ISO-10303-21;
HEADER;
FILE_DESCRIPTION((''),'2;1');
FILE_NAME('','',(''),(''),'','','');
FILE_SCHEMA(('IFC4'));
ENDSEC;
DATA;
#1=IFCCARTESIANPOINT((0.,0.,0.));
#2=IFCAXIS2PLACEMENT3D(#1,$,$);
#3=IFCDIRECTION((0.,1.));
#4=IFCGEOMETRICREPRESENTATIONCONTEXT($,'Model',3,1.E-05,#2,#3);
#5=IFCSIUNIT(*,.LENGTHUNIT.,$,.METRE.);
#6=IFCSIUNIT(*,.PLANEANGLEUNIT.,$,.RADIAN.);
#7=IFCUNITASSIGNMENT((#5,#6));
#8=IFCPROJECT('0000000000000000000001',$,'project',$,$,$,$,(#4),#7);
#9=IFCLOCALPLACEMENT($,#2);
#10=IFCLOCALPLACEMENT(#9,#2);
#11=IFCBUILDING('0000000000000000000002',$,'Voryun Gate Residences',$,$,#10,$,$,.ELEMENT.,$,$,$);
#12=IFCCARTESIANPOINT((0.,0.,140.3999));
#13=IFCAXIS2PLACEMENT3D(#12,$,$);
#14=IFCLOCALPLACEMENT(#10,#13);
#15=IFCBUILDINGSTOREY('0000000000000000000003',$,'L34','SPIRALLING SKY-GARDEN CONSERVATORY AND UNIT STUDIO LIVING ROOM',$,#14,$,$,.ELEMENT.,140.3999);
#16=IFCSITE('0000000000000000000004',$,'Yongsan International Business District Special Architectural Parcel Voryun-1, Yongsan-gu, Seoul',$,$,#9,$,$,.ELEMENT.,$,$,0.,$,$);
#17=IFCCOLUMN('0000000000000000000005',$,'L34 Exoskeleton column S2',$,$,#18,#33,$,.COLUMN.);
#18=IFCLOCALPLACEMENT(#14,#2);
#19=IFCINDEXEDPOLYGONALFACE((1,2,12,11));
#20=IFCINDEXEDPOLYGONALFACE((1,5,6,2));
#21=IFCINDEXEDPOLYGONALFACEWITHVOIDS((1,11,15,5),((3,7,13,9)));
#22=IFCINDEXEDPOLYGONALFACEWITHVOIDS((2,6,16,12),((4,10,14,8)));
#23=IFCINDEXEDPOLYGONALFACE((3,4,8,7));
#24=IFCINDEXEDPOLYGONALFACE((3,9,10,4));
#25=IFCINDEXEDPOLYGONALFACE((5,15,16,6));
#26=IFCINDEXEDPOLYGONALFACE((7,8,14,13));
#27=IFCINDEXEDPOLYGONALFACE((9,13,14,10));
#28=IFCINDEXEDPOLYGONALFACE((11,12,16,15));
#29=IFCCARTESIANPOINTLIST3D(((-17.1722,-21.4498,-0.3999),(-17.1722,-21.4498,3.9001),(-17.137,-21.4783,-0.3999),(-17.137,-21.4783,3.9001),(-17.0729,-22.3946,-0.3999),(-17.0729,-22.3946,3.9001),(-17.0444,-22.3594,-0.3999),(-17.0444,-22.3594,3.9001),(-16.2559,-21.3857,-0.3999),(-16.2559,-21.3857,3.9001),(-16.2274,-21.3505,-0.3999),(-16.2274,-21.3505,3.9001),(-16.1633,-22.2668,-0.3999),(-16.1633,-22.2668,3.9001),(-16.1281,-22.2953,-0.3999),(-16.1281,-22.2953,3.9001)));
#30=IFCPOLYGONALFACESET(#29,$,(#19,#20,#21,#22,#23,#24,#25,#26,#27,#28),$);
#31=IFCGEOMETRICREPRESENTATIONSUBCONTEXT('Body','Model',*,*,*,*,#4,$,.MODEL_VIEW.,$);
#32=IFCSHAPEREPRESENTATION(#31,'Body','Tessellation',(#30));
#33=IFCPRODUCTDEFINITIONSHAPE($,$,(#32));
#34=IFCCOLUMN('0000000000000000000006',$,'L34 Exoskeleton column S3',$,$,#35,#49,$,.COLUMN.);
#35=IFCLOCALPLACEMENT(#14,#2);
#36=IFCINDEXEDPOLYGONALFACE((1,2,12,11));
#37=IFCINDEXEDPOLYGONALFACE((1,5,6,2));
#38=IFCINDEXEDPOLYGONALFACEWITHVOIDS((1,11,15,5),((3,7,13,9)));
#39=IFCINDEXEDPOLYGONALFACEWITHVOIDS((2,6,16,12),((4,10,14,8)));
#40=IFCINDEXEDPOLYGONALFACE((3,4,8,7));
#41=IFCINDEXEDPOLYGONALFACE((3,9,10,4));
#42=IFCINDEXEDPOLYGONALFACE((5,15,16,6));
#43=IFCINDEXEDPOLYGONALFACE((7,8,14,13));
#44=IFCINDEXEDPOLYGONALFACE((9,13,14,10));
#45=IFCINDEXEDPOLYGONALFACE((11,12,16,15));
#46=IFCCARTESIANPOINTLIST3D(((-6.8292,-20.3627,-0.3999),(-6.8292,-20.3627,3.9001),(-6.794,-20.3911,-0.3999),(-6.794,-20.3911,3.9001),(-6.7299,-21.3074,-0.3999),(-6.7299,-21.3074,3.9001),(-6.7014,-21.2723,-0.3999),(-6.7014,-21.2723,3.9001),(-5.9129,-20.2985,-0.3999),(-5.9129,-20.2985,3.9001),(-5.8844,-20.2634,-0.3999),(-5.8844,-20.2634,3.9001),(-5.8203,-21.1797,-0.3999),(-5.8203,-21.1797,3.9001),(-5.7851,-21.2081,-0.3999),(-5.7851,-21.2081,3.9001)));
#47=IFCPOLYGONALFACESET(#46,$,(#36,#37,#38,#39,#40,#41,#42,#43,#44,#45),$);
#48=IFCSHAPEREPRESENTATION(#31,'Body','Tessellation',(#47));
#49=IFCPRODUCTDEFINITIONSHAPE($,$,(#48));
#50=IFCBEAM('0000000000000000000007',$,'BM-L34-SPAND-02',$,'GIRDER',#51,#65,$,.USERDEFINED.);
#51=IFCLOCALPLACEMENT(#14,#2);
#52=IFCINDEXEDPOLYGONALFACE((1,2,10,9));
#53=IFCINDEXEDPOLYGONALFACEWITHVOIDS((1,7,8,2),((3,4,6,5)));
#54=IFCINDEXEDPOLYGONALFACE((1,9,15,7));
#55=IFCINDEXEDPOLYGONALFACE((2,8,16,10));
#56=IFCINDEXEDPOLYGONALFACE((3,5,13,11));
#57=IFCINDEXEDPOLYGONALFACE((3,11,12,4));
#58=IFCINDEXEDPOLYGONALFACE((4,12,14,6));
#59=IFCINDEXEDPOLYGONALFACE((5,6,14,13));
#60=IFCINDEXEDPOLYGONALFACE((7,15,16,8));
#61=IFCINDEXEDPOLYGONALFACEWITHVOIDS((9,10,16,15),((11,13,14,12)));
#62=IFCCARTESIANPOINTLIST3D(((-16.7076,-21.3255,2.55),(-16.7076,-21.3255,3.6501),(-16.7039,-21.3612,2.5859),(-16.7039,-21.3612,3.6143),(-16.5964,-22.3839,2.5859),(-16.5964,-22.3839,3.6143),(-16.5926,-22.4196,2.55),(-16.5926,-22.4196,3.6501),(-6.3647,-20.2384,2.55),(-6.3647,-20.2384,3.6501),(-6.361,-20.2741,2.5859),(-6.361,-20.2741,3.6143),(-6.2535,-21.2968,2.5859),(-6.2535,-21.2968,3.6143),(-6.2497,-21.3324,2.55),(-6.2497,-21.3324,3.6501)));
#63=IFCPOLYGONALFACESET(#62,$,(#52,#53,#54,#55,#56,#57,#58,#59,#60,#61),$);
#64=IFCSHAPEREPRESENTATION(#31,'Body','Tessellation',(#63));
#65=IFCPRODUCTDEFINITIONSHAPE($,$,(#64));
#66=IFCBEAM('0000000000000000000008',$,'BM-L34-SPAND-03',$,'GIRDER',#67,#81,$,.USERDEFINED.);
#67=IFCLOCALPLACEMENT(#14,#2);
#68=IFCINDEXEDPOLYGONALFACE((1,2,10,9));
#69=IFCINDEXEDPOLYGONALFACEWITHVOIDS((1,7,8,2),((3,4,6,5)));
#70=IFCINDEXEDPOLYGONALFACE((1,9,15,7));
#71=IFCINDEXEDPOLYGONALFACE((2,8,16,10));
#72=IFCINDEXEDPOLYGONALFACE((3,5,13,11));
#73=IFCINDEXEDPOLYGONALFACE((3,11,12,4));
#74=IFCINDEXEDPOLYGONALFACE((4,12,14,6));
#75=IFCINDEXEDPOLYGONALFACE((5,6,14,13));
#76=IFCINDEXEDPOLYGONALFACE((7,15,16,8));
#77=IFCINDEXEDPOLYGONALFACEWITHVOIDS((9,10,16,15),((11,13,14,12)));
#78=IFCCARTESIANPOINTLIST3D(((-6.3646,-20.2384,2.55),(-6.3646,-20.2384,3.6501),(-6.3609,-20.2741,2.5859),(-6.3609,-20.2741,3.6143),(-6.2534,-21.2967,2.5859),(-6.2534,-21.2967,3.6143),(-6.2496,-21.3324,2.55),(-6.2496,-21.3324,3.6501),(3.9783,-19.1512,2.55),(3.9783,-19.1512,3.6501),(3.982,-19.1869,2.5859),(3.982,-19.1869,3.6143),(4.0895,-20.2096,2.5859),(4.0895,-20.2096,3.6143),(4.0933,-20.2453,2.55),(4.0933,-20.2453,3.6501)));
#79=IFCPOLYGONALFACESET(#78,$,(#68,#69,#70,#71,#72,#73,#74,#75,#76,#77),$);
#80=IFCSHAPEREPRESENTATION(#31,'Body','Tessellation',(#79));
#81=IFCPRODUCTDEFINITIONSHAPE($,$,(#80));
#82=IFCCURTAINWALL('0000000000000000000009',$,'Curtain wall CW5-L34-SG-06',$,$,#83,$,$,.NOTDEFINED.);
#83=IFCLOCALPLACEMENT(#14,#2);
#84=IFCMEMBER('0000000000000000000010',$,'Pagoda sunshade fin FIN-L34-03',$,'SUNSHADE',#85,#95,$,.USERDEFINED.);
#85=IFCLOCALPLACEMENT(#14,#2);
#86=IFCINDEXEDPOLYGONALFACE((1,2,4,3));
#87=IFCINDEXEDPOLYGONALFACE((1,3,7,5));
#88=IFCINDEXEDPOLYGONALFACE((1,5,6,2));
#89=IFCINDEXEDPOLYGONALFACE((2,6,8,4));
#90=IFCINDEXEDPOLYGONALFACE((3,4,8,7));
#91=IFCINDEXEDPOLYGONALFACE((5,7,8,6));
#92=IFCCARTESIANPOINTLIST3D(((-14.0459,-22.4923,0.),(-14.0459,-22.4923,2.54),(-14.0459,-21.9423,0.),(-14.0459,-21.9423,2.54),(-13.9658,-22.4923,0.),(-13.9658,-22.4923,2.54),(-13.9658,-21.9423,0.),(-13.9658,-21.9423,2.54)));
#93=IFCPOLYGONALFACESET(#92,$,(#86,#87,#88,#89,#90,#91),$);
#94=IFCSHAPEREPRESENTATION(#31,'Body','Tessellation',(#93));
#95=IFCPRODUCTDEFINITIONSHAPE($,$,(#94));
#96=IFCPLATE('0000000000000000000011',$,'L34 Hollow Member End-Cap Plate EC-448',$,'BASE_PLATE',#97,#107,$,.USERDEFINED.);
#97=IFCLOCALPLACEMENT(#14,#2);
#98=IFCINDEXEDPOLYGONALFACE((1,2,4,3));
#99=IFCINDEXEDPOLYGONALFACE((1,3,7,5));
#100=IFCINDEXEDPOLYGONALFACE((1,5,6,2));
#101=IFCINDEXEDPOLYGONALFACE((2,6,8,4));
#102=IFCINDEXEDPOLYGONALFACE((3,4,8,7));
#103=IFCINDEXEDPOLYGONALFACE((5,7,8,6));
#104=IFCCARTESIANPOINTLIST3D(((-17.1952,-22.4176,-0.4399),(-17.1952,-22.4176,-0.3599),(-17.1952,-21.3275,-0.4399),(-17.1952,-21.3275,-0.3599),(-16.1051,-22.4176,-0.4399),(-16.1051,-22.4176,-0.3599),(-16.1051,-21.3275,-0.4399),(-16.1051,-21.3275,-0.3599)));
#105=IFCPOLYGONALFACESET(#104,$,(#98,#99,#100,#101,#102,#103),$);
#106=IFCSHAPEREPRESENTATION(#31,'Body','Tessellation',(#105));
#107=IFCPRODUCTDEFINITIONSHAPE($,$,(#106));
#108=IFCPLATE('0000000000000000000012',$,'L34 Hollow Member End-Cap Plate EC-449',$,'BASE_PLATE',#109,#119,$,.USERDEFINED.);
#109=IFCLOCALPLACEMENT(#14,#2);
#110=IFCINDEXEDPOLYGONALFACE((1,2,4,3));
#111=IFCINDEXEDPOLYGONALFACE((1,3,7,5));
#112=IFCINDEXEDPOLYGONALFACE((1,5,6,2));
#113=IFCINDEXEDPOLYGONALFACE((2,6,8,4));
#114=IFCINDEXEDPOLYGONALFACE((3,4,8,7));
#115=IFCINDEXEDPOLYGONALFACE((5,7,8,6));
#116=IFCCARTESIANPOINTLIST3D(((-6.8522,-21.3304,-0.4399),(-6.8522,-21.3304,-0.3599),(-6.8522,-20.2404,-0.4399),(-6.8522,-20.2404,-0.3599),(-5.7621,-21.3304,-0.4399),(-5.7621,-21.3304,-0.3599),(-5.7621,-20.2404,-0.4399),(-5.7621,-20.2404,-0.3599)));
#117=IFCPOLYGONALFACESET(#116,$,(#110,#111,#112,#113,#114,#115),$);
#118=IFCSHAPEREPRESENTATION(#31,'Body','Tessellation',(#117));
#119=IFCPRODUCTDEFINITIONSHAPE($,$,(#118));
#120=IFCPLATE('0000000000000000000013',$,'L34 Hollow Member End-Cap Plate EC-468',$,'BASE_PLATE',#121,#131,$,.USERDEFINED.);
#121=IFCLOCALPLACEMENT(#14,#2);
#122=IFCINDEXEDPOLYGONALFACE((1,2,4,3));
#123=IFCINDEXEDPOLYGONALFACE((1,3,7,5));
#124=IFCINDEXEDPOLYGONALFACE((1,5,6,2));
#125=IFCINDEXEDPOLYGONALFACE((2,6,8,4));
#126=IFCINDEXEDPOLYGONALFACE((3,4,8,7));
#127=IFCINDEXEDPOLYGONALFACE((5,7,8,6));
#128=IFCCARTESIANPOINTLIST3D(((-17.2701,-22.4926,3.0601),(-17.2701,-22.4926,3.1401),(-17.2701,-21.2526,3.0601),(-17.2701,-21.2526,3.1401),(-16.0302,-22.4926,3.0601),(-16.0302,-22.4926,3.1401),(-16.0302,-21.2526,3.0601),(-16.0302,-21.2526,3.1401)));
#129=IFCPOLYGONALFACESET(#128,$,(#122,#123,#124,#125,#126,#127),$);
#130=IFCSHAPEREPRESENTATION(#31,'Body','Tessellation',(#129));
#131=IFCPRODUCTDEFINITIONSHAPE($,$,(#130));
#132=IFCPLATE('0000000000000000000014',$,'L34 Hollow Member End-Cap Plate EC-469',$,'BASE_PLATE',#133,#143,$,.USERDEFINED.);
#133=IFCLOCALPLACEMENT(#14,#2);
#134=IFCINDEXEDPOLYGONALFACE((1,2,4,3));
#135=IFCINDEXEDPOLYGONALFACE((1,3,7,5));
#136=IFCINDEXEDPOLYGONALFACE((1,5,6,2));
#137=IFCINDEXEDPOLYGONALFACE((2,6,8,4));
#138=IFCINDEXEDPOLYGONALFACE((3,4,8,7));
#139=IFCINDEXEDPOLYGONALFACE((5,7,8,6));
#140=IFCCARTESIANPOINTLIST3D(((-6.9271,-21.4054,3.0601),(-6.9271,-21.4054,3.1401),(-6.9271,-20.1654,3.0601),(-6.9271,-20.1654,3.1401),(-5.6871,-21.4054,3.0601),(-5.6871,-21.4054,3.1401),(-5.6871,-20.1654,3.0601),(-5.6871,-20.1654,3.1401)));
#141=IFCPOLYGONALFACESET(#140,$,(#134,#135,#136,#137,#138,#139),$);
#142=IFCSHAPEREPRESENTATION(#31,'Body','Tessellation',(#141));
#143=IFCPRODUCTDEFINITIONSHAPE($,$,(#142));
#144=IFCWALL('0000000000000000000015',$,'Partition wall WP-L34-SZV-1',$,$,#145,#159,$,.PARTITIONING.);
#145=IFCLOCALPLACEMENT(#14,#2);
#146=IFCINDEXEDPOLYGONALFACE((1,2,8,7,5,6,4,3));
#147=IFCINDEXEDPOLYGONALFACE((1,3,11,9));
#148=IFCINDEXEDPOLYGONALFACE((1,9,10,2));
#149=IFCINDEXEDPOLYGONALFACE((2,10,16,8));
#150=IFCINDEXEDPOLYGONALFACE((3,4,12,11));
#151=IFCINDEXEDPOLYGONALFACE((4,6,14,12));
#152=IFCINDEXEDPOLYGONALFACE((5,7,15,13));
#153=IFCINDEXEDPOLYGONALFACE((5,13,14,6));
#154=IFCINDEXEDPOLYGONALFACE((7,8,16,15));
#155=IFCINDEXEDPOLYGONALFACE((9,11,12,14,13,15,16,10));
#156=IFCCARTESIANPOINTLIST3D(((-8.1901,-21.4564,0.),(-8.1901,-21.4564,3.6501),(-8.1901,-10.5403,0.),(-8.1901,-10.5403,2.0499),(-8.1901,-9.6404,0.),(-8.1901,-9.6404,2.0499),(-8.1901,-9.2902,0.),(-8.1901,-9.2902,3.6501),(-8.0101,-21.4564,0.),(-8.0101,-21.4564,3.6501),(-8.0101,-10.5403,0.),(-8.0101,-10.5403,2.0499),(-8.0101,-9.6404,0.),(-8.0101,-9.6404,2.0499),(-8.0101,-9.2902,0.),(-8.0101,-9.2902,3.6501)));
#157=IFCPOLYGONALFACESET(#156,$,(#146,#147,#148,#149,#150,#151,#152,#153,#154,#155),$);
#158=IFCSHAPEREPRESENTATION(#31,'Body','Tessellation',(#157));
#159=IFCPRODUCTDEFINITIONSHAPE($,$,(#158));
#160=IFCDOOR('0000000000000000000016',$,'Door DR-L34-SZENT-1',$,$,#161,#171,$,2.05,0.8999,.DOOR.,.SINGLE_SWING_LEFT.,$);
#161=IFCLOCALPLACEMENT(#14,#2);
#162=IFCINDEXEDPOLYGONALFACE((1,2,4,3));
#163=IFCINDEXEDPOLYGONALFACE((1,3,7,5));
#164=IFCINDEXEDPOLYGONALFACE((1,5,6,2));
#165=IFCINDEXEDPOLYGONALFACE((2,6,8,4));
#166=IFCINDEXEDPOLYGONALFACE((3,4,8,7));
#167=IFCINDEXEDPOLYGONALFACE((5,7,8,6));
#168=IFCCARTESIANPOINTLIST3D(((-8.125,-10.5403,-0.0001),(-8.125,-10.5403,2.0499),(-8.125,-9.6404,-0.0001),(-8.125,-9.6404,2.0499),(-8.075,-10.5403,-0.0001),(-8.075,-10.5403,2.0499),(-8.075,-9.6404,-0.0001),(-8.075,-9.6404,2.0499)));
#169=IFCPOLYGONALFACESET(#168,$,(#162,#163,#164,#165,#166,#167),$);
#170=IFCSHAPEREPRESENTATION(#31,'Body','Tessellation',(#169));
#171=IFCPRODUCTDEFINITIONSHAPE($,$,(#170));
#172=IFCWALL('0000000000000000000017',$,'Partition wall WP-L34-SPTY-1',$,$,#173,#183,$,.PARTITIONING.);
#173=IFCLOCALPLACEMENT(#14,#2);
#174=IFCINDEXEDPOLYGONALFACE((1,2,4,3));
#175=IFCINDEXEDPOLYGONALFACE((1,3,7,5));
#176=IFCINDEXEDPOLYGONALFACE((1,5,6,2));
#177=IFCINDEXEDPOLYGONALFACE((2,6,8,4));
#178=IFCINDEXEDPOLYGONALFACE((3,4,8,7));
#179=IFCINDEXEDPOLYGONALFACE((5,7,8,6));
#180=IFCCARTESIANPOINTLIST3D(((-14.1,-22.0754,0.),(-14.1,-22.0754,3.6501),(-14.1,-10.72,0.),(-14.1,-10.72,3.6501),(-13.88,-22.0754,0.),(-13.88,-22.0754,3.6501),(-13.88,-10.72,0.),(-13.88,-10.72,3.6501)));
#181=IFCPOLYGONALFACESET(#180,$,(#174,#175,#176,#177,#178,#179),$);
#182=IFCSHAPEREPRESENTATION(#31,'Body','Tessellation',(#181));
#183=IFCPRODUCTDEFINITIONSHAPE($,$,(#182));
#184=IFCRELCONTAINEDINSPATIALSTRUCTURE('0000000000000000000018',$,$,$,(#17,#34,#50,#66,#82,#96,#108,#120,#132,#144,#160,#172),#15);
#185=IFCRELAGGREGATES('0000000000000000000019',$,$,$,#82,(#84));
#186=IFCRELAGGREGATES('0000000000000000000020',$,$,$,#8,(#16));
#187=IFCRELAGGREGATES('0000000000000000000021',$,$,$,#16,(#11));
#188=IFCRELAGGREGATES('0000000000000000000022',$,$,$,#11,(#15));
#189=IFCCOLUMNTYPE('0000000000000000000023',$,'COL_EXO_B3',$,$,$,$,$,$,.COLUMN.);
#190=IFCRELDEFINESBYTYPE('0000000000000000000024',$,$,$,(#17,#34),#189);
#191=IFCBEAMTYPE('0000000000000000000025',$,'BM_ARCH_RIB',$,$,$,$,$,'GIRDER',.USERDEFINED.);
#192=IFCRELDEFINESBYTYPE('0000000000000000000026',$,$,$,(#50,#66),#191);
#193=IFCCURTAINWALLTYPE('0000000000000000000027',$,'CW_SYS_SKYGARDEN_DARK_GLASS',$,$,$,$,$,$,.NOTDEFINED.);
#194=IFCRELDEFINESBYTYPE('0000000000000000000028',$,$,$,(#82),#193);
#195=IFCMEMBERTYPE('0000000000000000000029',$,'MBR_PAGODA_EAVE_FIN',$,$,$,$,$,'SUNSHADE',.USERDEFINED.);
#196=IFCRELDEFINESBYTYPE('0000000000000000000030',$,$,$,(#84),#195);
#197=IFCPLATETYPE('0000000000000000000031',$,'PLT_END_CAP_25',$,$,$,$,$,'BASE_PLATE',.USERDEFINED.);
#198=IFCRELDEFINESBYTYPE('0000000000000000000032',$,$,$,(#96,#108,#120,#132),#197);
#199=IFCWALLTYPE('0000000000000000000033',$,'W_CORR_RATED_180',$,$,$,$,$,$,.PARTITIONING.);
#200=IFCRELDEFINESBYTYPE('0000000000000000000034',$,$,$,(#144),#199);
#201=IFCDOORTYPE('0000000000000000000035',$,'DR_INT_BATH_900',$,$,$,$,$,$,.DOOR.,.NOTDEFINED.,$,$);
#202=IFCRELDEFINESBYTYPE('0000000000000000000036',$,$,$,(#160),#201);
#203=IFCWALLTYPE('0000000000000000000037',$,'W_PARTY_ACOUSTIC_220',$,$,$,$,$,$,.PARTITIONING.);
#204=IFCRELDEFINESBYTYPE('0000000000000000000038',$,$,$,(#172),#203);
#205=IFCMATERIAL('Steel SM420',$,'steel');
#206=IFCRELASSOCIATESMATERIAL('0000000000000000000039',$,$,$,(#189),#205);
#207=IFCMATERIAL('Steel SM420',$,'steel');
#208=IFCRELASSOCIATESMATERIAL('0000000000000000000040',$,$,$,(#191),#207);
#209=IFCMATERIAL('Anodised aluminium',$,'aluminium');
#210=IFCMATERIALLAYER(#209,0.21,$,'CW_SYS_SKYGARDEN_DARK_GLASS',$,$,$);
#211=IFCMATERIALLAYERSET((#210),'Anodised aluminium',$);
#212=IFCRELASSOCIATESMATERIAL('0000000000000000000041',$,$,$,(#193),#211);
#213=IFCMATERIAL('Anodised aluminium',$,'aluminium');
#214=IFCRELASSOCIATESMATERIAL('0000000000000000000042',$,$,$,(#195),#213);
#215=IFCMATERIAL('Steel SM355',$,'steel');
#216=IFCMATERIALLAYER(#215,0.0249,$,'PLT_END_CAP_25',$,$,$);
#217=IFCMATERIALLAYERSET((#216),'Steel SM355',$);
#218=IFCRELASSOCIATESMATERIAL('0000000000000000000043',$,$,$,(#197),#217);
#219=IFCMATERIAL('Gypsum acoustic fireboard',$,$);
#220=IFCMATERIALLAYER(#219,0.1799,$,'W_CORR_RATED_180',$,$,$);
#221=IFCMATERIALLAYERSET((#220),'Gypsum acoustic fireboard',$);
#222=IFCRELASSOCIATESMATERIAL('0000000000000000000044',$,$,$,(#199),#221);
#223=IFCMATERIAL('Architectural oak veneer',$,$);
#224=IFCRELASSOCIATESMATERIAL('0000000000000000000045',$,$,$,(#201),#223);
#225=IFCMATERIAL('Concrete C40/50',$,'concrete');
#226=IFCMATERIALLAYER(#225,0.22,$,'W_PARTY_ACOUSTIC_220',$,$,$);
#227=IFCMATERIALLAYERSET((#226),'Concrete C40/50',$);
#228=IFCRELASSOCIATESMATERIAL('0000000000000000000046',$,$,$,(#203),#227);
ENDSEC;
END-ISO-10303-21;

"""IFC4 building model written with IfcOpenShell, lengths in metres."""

from ifc_helpers import new_model, si_unit, direction, frame, frame_2d, origin, origin_2d, place, context, subcontext, project, spatial, rectangle, hollow_rectangle, extrude, material, layer, layer_set, material_profile, profile_set, type_object, element, fill, aggregate, save


model = new_model("IFC4")

# Units and contexts
model_context = context("Model", 3, precision=1e-05, world=origin(), true_north=direction((0.0, 1.0)))
body_context = subcontext(model_context, "Body", "Model", "MODEL_VIEW")
ifc_project = project(units=[si_unit("LENGTHUNIT", "METRE"), si_unit("PLANEANGLEUNIT", "RADIAN")], contexts=[model_context])

# Site, building, storey
site_placement = place(None, origin())
site = spatial("IfcSite", under=ifc_project, at=site_placement, Name="Yongsan International Business District Special Architectural Parcel Voryun-1, Yongsan-gu, Seoul", CompositionType="ELEMENT", RefElevation=0.0)
building_placement = place(site_placement, origin())
building = spatial("IfcBuilding", under=site, at=building_placement, Name="Voryun Gate Residences", CompositionType="ELEMENT")
storey_placement = place(building_placement, frame((0.0, 0.0, 140.3999)))
storey = spatial("IfcBuildingStorey", under=building, at=storey_placement, Name="L34", Description="SPIRALLING SKY-GARDEN CONSERVATORY AND UNIT STUDIO LIVING ROOM", CompositionType="ELEMENT", Elevation=140.3999)

# Columns
ifc_material_1 = material(Name="Steel SM420", Category="steel")
ifc_material_profile_1 = material_profile(ifc_material_1, hollow_rectangle(XDim=0.95, YDim=0.95, WallThickness=0.032, at=origin_2d()), Name="BOX-950x950x32")
ifc_profile_set_1 = profile_set([ifc_material_profile_1], Name="Steel SM420")
column_type = type_object("IfcColumnType", Name="COL_EXO_B3", PredefinedType="COLUMN", material=ifc_profile_set_1)
for number, where, z_axis, x_axis, name in (
    (1, (-16.6501, -21.8726, -0.3999), (0.0, 0.0, 1.0), (0.994522, 0.104528, 0.0), "L34 Exoskeleton column S2"),
    (2, (-6.3071, -20.7854, -0.3999), (0.0, 0.0, 1.0), (0.994522, 0.104528, 0.0), "L34 Exoskeleton column S3"),
):
    element("IfcColumn", number, at=place(storey_placement, frame(where, z_axis=z_axis, x_axis=x_axis)), inside=storey, type_object=column_type, Name=name, PredefinedType="COLUMN", context=body_context, shape_type="SweptSolid", body=[
        extrude(hollow_rectangle(XDim=0.95, YDim=0.95, WallThickness=0.032, at=origin_2d()), origin(), (0.0, 0.0, 1.0), 4.3),
    ])

# Beams
ifc_material_2 = material(Name="Steel SM420", Category="steel")
ifc_material_profile_2 = material_profile(ifc_material_2, hollow_rectangle(XDim=1.1001, YDim=1.1001, WallThickness=0.0359, at=origin_2d()), Name="BOX-1100x1100x36")
ifc_profile_set_2 = profile_set([ifc_material_profile_2], Name="Steel SM420")
beam_type = type_object("IfcBeamType", Name="BM_ARCH_RIB", ElementType="GIRDER", PredefinedType="USERDEFINED", material=ifc_profile_set_2)
for number, where, z_axis, x_axis, name in (
    (3, (-16.6501, -21.8726, 3.1001), (0.994521, 0.104534, 0.0), (-0.104534, 0.994521, 0.0), "BM-L34-SPAND-02"),
    (4, (-6.3071, -20.7854, 3.1001), (0.994521, 0.104534, 0.0), (-0.104534, 0.994521, 0.0), "BM-L34-SPAND-03"),
):
    element("IfcBeam", number, at=place(storey_placement, frame(where, z_axis=z_axis, x_axis=x_axis)), inside=storey, type_object=beam_type, Name=name, ObjectType="GIRDER", PredefinedType="USERDEFINED", context=body_context, shape_type="SweptSolid", body=[
        extrude(hollow_rectangle(XDim=1.1001, YDim=1.1001, WallThickness=0.0359, at=origin_2d()), origin(), (0.0, 0.0, 1.0), 10.3999),
    ])

# Curtain wall, member
ifc_material_3 = material(Name="Anodised aluminium", Category="aluminium")
ifc_layer_1 = layer(ifc_material_3, 0.21, Name="CW_SYS_SKYGARDEN_DARK_GLASS")
ifc_layer_set_1 = layer_set([ifc_layer_1], Name="Anodised aluminium")
curtain_wall_type = type_object("IfcCurtainWallType", Name="CW_SYS_SKYGARDEN_DARK_GLASS", PredefinedType="NOTDEFINED", material=ifc_layer_set_1)
curtain_wall_placement = place(storey_placement, origin())
curtain_wall = element("IfcCurtainWall", 5, at=curtain_wall_placement, inside=storey, type_object=curtain_wall_type, Name="Curtain wall CW5-L34-SG-06", PredefinedType="NOTDEFINED")
ifc_material_4 = material(Name="Anodised aluminium", Category="aluminium")
ifc_material_profile_3 = material_profile(ifc_material_4, rectangle(XDim=0.0801, YDim=0.55, at=origin_2d()), Name="ALU-EAVE-80x550")
ifc_profile_set_3 = profile_set([ifc_material_profile_3], Name="Anodised aluminium")
member_type = type_object("IfcMemberType", Name="MBR_PAGODA_EAVE_FIN", ElementType="SUNSHADE", PredefinedType="USERDEFINED", material=ifc_profile_set_3)
member_placement = place(storey_placement, frame((-14.0059, -22.2173, 0.0), z_axis=(0.0, 0.0, 1.0), x_axis=(1.0, 0.0, 0.0)))
member = element("IfcMember", 6, at=member_placement, type_object=member_type, Name="Pagoda sunshade fin FIN-L34-03", ObjectType="SUNSHADE", PredefinedType="USERDEFINED", context=body_context, shape_type="SweptSolid", body=[
    extrude(rectangle(XDim=0.0801, YDim=0.55, at=origin_2d()), origin(), (0.0, 0.0, 1.0), 2.54),
])
aggregate(curtain_wall, [member])

# Plates
ifc_material_5 = material(Name="Steel SM355", Category="steel")
ifc_layer_2 = layer(ifc_material_5, 0.0249, Name="PLT_END_CAP_25")
ifc_layer_set_2 = layer_set([ifc_layer_2], Name="Steel SM355")
plate_type = type_object("IfcPlateType", Name="PLT_END_CAP_25", ElementType="BASE_PLATE", PredefinedType="USERDEFINED", material=ifc_layer_set_2)
for number, where, z_axis, x_axis, name in (
    (7, (-16.6501, -21.8726, -0.4399), (0.0, 0.0, 1.0), (1.0, 0.0, 0.0), "L34 Hollow Member End-Cap Plate EC-448"),
    (8, (-6.3071, -20.7854, -0.4399), (0.0, 0.0, 1.0), (1.0, 0.0, 0.0), "L34 Hollow Member End-Cap Plate EC-449"),
):
    element("IfcPlate", number, at=place(storey_placement, frame(where, z_axis=z_axis, x_axis=x_axis)), inside=storey, type_object=plate_type, Name=name, ObjectType="BASE_PLATE", PredefinedType="USERDEFINED", context=body_context, shape_type="SweptSolid", body=[
        extrude(rectangle(XDim=1.0901, YDim=1.0901, at=origin_2d()), origin(), (0.0, 0.0, 1.0), 0.0801),
    ])
for number, where, z_axis, x_axis, name in (
    (9, (-16.6501, -21.8726, 3.0601), (0.0, 0.0, 1.0), (1.0, 0.0, 0.0), "L34 Hollow Member End-Cap Plate EC-468"),
    (10, (-6.3071, -20.7854, 3.0601), (0.0, 0.0, 1.0), (1.0, 0.0, 0.0), "L34 Hollow Member End-Cap Plate EC-469"),
):
    element("IfcPlate", number, at=place(storey_placement, frame(where, z_axis=z_axis, x_axis=x_axis)), inside=storey, type_object=plate_type, Name=name, ObjectType="BASE_PLATE", PredefinedType="USERDEFINED", context=body_context, shape_type="SweptSolid", body=[
        extrude(rectangle(XDim=1.24, YDim=1.24, at=origin_2d()), origin(), (0.0, 0.0, 1.0), 0.0801),
    ])

# Wall, opening, door
ifc_material_6 = material(Name="Gypsum acoustic fireboard")
ifc_layer_3 = layer(ifc_material_6, 0.1799, Name="W_CORR_RATED_180")
ifc_layer_set_3 = layer_set([ifc_layer_3], Name="Gypsum acoustic fireboard")
wall_type_1 = type_object("IfcWallType", Name="W_CORR_RATED_180", PredefinedType="PARTITIONING", material=ifc_layer_set_3)
wall_1_placement = place(storey_placement, frame((-8.1001, -21.4563, 0.0), z_axis=(0.0, 0.0, 1.0), x_axis=(0.0, 1.0, 0.0)))
wall_1 = element("IfcWall", 11, at=wall_1_placement, inside=storey, type_object=wall_type_1, Name="Partition wall WP-L34-SZV-1", PredefinedType="PARTITIONING", context=body_context, shape_type="SweptSolid", body=[
    extrude(rectangle(XDim=12.1663, YDim=0.1799, at=frame_2d((6.083, 0.0))), origin(), (0.0, 0.0, 1.0), 3.6501),
])
opening_1_placement = place(wall_1_placement, frame((10.916, 0.0, 0.0)))
opening_1 = element("IfcOpeningElement", 12, at=opening_1_placement, cuts=wall_1, PredefinedType="OPENING", context=body_context, shape_type="SweptSolid", body=[
    extrude(rectangle(XDim=0.8999, YDim=2.05, at=frame_2d((0.45, 1.0249))), frame((0.0, 0.0999, 0.0), z_axis=(0.0, -1.0, 0.0), x_axis=(1.0, 0.0, 0.0)), (0.0, 0.0, 1.0), 0.2),
])
ifc_material_7 = material(Name="Architectural oak veneer")
door_type = type_object("IfcDoorType", Name="DR_INT_BATH_900", OperationType="NOTDEFINED", PredefinedType="DOOR", material=ifc_material_7)
door_1_placement = place(opening_1_placement, origin())
door_1 = element("IfcDoor", 13, at=door_1_placement, inside=storey, type_object=door_type, Name="Door DR-L34-SZENT-1", OperationType="SINGLE_SWING_LEFT", OverallHeight=2.05, OverallWidth=0.8999, PredefinedType="DOOR", context=body_context, shape_type="SweptSolid", body=[
    extrude(rectangle(XDim=0.8999, YDim=2.05, at=frame_2d((0.45, 1.0249))), frame((0.0, 0.0249, 0.0), z_axis=(0.0, -1.0, 0.0), x_axis=(1.0, 0.0, 0.0)), (0.0, 0.0, 1.0), 0.05),
])
fill(opening_1, door_1)

# Wall
ifc_material_8 = material(Name="Concrete C40/50", Category="concrete")
ifc_layer_4 = layer(ifc_material_8, 0.22, Name="W_PARTY_ACOUSTIC_220")
ifc_layer_set_4 = layer_set([ifc_layer_4], Name="Concrete C40/50")
wall_type_2 = type_object("IfcWallType", Name="W_PARTY_ACOUSTIC_220", PredefinedType="PARTITIONING", material=ifc_layer_set_4)
wall_2_placement = place(storey_placement, frame((-13.99, -22.0754, 0.0), z_axis=(0.0, 0.0, 1.0), x_axis=(0.0, 1.0, 0.0)))
element("IfcWall", 14, at=wall_2_placement, inside=storey, type_object=wall_type_2, Name="Partition wall WP-L34-SPTY-1", PredefinedType="PARTITIONING", context=body_context, shape_type="SweptSolid", body=[
    extrude(rectangle(XDim=11.3555, YDim=0.22, at=frame_2d((5.6777, 0.0))), origin(), (0.0, 0.0, 1.0), 3.6501),
])

save(model, "model.ifc")
